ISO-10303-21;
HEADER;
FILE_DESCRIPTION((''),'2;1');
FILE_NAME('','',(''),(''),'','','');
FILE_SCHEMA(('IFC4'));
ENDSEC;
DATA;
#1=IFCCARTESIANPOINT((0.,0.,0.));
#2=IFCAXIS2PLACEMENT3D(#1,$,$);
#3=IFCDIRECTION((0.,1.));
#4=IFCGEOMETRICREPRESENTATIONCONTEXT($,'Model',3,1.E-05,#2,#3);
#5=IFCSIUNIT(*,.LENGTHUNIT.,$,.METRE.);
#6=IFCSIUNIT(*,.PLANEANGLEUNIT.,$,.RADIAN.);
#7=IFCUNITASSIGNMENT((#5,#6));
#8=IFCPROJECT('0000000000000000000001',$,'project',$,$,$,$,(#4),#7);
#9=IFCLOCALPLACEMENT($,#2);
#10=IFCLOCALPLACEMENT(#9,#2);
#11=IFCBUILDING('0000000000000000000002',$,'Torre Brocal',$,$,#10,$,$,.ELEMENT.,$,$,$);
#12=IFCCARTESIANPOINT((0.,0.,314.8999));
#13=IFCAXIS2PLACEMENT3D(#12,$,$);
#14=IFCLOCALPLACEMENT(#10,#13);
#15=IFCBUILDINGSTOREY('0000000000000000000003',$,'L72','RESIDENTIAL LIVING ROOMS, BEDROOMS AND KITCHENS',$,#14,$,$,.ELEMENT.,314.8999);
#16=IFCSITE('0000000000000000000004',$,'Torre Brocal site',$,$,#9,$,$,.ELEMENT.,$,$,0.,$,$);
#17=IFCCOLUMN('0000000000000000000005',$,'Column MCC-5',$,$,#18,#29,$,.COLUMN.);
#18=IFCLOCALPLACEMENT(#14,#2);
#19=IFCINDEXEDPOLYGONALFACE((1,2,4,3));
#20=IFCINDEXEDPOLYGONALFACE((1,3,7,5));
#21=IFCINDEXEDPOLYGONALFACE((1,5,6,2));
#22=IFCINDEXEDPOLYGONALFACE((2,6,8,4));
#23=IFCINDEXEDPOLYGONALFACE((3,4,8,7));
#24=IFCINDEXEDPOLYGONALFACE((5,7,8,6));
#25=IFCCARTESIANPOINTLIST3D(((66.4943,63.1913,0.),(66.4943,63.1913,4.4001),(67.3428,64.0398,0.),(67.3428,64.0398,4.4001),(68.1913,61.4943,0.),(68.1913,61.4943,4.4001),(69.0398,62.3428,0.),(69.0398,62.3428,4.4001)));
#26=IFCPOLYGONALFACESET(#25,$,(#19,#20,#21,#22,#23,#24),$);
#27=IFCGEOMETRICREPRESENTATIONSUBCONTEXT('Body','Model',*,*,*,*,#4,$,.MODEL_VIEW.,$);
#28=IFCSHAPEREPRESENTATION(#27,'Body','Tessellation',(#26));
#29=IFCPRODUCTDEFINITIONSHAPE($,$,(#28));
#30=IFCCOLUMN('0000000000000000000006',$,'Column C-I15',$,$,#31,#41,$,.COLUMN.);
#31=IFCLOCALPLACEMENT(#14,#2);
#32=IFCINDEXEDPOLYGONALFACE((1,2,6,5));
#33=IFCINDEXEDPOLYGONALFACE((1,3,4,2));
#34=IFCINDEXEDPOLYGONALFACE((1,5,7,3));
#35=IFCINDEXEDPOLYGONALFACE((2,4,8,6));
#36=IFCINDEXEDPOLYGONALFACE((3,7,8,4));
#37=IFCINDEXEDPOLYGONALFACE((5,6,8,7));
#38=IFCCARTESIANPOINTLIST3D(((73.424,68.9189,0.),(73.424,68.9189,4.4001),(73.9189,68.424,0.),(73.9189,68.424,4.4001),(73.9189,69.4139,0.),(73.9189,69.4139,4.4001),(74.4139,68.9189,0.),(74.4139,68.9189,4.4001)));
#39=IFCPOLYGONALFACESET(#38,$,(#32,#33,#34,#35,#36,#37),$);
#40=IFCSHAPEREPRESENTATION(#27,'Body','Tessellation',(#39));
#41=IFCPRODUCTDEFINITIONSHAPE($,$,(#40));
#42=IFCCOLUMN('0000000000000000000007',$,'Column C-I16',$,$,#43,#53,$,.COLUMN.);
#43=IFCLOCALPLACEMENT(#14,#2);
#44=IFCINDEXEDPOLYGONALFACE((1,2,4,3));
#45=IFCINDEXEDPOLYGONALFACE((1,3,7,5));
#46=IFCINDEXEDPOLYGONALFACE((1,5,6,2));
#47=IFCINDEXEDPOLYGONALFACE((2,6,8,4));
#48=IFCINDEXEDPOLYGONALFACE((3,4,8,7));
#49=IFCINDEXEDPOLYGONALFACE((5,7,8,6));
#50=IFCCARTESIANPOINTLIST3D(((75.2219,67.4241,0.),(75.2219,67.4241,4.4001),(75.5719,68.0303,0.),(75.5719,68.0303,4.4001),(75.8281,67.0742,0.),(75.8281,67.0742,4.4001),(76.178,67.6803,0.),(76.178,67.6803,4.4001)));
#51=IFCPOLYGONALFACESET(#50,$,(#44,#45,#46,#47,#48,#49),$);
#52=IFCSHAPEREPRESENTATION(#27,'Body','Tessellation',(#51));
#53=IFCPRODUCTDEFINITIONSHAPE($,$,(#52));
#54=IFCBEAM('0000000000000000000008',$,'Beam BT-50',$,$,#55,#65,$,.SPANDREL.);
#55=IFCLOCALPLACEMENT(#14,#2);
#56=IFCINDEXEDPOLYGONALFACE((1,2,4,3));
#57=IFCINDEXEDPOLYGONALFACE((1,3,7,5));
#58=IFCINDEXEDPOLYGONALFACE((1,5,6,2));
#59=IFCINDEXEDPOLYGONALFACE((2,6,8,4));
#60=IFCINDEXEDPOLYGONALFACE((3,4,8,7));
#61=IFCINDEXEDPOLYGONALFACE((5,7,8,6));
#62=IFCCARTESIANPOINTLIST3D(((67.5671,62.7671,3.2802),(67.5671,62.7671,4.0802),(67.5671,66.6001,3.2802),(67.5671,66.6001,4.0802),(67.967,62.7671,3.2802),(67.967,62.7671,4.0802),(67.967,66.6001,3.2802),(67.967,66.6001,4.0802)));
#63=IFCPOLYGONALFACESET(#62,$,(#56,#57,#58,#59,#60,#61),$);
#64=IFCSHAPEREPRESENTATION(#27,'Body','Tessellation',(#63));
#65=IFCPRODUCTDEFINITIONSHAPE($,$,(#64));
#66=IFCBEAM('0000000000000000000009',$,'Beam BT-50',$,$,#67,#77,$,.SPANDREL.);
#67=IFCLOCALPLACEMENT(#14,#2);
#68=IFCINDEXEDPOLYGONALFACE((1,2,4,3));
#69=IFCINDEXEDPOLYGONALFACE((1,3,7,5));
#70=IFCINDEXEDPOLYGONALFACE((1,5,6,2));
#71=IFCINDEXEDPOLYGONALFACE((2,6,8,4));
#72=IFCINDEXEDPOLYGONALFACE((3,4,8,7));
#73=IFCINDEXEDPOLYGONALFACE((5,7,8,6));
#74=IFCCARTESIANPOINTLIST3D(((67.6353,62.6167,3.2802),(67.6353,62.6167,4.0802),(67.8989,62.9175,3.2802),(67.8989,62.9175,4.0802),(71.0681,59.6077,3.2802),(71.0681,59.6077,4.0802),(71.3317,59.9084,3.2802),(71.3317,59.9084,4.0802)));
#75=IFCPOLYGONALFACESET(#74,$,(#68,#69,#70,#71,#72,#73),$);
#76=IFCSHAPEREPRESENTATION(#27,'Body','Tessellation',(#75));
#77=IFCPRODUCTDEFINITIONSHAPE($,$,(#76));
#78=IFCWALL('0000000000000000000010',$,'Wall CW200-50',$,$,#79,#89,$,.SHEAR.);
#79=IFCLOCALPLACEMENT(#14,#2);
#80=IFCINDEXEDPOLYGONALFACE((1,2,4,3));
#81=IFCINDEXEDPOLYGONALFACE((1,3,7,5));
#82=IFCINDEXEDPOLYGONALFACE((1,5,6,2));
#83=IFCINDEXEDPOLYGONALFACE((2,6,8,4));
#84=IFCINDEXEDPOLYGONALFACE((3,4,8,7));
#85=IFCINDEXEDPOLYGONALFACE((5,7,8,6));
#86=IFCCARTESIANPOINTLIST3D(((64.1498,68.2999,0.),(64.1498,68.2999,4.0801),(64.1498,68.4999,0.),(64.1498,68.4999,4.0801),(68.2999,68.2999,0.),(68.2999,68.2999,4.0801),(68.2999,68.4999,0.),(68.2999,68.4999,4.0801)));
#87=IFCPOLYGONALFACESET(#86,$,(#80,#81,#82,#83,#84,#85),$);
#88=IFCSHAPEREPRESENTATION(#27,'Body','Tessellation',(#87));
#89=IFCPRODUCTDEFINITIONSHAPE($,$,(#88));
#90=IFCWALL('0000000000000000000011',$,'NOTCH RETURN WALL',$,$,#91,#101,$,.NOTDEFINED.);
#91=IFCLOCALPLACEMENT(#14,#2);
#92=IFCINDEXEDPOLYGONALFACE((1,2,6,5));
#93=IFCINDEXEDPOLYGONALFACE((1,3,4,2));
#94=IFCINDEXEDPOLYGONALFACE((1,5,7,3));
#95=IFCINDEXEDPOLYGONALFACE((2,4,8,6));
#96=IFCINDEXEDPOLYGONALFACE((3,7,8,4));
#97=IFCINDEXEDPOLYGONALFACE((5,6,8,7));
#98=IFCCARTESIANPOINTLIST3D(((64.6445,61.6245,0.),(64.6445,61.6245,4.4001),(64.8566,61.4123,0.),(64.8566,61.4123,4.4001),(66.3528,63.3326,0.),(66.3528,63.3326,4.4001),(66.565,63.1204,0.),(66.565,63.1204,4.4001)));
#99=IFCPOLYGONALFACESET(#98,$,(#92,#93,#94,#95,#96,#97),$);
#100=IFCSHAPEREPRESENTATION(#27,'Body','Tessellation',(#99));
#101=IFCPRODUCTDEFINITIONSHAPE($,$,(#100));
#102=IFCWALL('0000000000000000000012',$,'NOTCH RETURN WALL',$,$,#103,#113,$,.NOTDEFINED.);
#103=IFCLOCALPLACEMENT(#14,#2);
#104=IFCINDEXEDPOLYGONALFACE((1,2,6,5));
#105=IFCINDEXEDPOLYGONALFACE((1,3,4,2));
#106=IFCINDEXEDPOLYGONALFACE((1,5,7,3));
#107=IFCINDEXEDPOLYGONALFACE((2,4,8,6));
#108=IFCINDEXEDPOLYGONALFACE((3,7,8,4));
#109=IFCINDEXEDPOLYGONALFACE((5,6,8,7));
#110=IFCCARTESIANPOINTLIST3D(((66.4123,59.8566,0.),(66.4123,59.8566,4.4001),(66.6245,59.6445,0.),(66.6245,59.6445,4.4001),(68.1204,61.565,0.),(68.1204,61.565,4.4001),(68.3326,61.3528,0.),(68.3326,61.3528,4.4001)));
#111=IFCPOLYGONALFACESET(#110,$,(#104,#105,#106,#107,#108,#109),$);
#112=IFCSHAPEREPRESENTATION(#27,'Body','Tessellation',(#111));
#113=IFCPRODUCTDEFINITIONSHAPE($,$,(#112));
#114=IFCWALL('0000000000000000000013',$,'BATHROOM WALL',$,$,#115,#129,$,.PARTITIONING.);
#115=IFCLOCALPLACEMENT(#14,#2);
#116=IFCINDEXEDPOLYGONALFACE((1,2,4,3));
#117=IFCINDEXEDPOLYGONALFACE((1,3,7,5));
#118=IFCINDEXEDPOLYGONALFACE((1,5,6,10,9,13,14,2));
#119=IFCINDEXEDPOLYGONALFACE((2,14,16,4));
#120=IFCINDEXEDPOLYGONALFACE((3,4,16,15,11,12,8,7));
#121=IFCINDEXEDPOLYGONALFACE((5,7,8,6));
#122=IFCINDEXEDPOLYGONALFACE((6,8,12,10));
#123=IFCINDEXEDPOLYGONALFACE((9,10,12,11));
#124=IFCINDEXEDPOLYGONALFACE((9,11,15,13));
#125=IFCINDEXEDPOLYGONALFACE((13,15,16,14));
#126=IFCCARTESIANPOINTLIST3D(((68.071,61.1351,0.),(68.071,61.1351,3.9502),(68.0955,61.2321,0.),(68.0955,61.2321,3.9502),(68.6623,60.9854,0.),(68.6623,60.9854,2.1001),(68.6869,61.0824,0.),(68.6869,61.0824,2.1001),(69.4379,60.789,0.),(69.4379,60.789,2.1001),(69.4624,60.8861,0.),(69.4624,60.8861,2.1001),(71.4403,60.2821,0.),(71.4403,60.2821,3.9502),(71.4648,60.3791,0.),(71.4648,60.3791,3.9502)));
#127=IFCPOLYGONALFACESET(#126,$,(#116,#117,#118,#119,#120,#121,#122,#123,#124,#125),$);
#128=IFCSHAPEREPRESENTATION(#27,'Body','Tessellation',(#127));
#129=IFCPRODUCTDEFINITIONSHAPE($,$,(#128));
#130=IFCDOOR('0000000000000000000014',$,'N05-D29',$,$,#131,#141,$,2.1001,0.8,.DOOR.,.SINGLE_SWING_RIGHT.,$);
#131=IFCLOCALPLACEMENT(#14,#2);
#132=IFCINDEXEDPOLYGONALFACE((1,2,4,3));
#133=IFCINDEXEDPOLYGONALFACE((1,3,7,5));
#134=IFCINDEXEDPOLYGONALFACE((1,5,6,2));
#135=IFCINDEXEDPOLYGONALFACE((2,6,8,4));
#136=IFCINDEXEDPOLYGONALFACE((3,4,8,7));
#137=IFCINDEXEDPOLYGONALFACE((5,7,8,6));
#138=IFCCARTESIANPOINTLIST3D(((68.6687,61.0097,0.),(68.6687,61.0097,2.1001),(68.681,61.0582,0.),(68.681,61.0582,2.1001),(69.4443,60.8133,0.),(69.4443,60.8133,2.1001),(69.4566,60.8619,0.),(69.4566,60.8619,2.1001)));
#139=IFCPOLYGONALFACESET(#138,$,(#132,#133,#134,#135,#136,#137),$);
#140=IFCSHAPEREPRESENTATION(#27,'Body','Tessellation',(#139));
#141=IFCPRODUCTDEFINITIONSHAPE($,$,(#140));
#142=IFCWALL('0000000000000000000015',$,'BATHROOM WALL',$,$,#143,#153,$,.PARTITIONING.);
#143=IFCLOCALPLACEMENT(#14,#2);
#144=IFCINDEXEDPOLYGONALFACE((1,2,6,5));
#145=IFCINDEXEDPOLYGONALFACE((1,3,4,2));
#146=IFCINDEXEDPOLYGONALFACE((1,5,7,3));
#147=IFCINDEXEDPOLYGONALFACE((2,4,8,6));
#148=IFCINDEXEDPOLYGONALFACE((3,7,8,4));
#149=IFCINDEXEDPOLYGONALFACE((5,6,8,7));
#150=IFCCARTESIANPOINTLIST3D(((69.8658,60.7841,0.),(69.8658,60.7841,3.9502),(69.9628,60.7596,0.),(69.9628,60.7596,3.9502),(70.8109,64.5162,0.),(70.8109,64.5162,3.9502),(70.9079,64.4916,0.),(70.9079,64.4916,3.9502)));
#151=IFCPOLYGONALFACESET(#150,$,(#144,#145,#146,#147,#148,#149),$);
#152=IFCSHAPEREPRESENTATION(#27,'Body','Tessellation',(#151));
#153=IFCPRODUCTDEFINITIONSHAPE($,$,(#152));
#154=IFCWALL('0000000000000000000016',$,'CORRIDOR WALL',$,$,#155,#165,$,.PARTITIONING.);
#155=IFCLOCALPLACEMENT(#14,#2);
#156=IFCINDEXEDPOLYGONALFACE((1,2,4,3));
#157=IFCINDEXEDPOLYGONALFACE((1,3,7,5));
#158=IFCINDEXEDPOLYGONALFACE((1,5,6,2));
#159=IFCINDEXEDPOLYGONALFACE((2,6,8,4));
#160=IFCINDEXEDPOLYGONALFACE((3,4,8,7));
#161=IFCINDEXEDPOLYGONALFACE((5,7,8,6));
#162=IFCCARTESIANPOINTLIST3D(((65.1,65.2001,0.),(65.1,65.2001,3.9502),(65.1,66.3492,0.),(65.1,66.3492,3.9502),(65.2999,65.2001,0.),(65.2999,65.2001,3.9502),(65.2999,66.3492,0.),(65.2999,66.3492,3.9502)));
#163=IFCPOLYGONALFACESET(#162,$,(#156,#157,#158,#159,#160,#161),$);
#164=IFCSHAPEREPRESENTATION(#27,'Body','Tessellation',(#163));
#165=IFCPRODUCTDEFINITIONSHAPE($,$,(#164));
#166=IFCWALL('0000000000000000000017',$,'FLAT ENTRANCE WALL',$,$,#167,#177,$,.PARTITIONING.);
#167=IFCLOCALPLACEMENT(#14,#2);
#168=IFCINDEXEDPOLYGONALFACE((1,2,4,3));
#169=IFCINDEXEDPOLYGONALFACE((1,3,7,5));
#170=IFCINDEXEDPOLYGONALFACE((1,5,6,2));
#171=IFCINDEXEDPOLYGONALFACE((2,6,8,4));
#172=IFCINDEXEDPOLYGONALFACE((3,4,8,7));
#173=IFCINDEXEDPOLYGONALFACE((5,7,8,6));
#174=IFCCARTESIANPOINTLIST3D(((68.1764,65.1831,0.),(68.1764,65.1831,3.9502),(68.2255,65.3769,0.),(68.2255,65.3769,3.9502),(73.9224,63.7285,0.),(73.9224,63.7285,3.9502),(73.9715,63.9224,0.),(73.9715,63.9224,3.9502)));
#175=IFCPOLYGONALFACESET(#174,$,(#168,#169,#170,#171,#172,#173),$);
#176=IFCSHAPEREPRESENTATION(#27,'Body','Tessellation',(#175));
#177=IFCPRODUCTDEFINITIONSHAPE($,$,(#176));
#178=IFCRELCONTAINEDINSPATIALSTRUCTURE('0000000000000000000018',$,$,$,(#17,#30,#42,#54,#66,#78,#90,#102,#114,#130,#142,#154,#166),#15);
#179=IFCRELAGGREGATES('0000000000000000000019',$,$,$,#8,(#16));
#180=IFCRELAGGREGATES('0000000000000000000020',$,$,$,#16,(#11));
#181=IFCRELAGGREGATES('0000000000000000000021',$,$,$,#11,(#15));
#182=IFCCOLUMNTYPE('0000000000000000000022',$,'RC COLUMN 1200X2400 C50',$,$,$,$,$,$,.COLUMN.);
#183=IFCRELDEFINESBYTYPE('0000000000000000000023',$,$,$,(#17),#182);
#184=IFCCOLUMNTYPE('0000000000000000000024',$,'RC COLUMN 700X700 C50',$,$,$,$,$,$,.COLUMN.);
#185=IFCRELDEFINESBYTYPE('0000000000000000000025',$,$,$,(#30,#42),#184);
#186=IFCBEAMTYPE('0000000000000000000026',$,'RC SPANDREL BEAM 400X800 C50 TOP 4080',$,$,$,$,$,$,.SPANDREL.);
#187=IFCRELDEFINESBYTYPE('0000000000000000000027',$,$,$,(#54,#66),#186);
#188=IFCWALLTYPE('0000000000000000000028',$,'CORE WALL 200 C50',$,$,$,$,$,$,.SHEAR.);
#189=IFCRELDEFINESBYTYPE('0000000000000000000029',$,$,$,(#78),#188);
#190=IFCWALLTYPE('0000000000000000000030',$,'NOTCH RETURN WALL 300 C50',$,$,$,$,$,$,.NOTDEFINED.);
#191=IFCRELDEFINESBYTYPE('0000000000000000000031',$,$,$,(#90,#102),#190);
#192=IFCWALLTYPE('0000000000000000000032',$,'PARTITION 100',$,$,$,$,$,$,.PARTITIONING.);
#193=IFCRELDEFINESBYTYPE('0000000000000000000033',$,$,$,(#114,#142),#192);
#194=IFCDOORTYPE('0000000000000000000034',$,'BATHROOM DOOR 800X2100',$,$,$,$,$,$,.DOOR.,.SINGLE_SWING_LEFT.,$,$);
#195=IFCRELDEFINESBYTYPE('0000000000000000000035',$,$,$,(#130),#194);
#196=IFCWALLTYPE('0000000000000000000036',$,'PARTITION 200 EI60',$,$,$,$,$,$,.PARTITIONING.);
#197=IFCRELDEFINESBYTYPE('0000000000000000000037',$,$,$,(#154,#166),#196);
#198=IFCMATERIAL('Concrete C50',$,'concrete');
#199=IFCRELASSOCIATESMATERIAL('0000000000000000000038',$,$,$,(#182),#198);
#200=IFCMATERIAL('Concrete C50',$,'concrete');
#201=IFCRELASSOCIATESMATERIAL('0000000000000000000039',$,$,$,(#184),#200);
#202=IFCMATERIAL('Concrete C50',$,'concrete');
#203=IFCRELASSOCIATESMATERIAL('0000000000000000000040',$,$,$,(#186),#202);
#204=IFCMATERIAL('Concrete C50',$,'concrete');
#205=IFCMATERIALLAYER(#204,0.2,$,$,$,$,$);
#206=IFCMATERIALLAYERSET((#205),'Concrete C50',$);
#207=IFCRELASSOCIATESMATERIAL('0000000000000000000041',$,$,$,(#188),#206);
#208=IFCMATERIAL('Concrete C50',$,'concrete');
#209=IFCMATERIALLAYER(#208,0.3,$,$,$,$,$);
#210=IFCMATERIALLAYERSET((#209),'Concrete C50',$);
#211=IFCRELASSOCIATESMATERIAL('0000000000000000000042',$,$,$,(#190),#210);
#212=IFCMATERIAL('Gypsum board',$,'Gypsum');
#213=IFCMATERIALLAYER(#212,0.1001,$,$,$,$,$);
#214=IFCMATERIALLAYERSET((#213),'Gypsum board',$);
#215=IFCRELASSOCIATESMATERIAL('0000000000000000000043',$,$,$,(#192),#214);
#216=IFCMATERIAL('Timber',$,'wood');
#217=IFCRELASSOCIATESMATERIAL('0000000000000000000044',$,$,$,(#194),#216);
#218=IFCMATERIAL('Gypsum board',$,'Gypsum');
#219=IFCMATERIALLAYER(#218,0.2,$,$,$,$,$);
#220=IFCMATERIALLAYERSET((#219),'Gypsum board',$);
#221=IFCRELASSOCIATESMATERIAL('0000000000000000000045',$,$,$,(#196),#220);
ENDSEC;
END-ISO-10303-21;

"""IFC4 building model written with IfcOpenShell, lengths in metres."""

from ifc_helpers import new_model, si_unit, direction, frame, frame_2d, origin, origin_2d, place, context, subcontext, project, spatial, rectangle, extrude, material, layer, layer_set, material_profile, profile_set, type_object, element, fill, save


model = new_model("IFC4")

# Units and contexts
model_context = context("Model", 3, precision=1e-05, world=origin(), true_north=direction((0.0, 1.0)))
body_context = subcontext(model_context, "Body", "Model", "MODEL_VIEW")
ifc_project = project(units=[si_unit("LENGTHUNIT", "METRE"), si_unit("PLANEANGLEUNIT", "RADIAN")], contexts=[model_context])

# Site, building, storey
site_placement = place(None, origin())
site = spatial("IfcSite", under=ifc_project, at=site_placement, Name="Torre Brocal site", CompositionType="ELEMENT", RefElevation=0.0)
building_placement = place(site_placement, origin())
building = spatial("IfcBuilding", under=site, at=building_placement, Name="Torre Brocal", CompositionType="ELEMENT")
storey_placement = place(building_placement, frame((0.0, 0.0, 314.8999)))
storey = spatial("IfcBuildingStorey", under=building, at=storey_placement, Name="L72", Description="RESIDENTIAL LIVING ROOMS, BEDROOMS AND KITCHENS", CompositionType="ELEMENT", Elevation=314.8999)

# Columns
ifc_material_1 = material(Name="Concrete C50", Category="concrete")
ifc_material_profile_1 = material_profile(ifc_material_1, rectangle(XDim=1.2, YDim=2.3999, at=origin_2d()), Name="RC 1200X2400")
ifc_profile_set_1 = profile_set([ifc_material_profile_1], Name="Concrete C50")
column_type_1 = type_object("IfcColumnType", Name="RC COLUMN 1200X2400 C50", PredefinedType="COLUMN", material=ifc_profile_set_1)
column_placement = place(storey_placement, frame((67.7671, 62.7671, 0.0), z_axis=(0.0, 0.0, 1.0), x_axis=(-0.707107, -0.707107, 0.0)))
element("IfcColumn", 1, at=column_placement, inside=storey, type_object=column_type_1, Name="Column MCC-5", PredefinedType="COLUMN", context=body_context, shape_type="SweptSolid", body=[
    extrude(rectangle(XDim=1.2, YDim=2.3999, at=origin_2d()), origin(), (0.0, 0.0, 1.0), 4.4001),
])
ifc_material_2 = material(Name="Concrete C50", Category="concrete")
ifc_material_profile_2 = material_profile(ifc_material_2, rectangle(XDim=0.7, YDim=0.7, at=origin_2d()), Name="RC 700X700")
ifc_profile_set_2 = profile_set([ifc_material_profile_2], Name="Concrete C50")
column_type_2 = type_object("IfcColumnType", Name="RC COLUMN 700X700 C50", PredefinedType="COLUMN", material=ifc_profile_set_2)
for number, where, z_axis, x_axis, name in (
    (2, (73.9189, 68.9189, 0.0), (0.0, 0.0, 1.0), (-0.707107, -0.707107, 0.0), "Column C-I15"),
    (3, (75.7, 67.5522, 0.0), (0.0, 0.0, 1.0), (-0.5, -0.866025, 0.0), "Column C-I16"),
):
    element("IfcColumn", number, at=place(storey_placement, frame(where, z_axis=z_axis, x_axis=x_axis)), inside=storey, type_object=column_type_2, Name=name, PredefinedType="COLUMN", context=body_context, shape_type="SweptSolid", body=[
        extrude(rectangle(XDim=0.7, YDim=0.7, at=origin_2d()), origin(), (0.0, 0.0, 1.0), 4.4001),
    ])

# Beams
ifc_material_3 = material(Name="Concrete C50", Category="concrete")
ifc_material_profile_3 = material_profile(ifc_material_3, rectangle(XDim=0.3999, YDim=0.8, at=origin_2d()), Name="RC 400X800")
ifc_profile_set_3 = profile_set([ifc_material_profile_3], Name="Concrete C50")
beam_type = type_object("IfcBeamType", Name="RC SPANDREL BEAM 400X800 C50 TOP 4080", PredefinedType="SPANDREL", material=ifc_profile_set_3)
beam_1_placement = place(storey_placement, frame((67.7671, 62.7671, 3.6802), z_axis=(0.0, 1.0, 0.0), x_axis=(-1.0, 0.0, 0.0)))
element("IfcBeam", 4, at=beam_1_placement, inside=storey, type_object=beam_type, Name="Beam BT-50", PredefinedType="SPANDREL", context=body_context, shape_type="SweptSolid", body=[
    extrude(rectangle(XDim=0.3999, YDim=0.8, at=origin_2d()), origin(), (0.0, 0.0, 1.0), 3.833),
])
beam_2_placement = place(storey_placement, frame((67.7671, 62.7671, 3.6802), z_axis=(0.752003, -0.659159, 0.0), x_axis=(0.659159, 0.752003, 0.0)))
element("IfcBeam", 5, at=beam_2_placement, inside=storey, type_object=beam_type, Name="Beam BT-50", PredefinedType="SPANDREL", context=body_context, shape_type="SweptSolid", body=[
    extrude(rectangle(XDim=0.3999, YDim=0.8, at=origin_2d()), origin(), (0.0, 0.0, 1.0), 4.5649),
])

# Wall
ifc_material_4 = material(Name="Concrete C50", Category="concrete")
ifc_layer_1 = layer(ifc_material_4, 0.2)
ifc_layer_set_1 = layer_set([ifc_layer_1], Name="Concrete C50")
wall_type_1 = type_object("IfcWallType", Name="CORE WALL 200 C50", PredefinedType="SHEAR", material=ifc_layer_set_1)
wall_1_placement = place(storey_placement, frame((68.3, 68.3999, 0.0), z_axis=(0.0, 0.0, 1.0), x_axis=(-1.0, 0.0, 0.0)))
element("IfcWall", 6, at=wall_1_placement, inside=storey, type_object=wall_type_1, Name="Wall CW200-50", PredefinedType="SHEAR", context=body_context, shape_type="SweptSolid", body=[
    extrude(rectangle(XDim=4.1501, YDim=0.2, at=frame_2d((2.0752, 0.0))), origin(), (0.0, 0.0, 1.0), 4.0801),
])

# Walls
ifc_material_5 = material(Name="Concrete C50", Category="concrete")
ifc_layer_2 = layer(ifc_material_5, 0.3)
ifc_layer_set_2 = layer_set([ifc_layer_2], Name="Concrete C50")
wall_type_2 = type_object("IfcWallType", Name="NOTCH RETURN WALL 300 C50", PredefinedType="NOTDEFINED", material=ifc_layer_set_2)
for number, where, z_axis, x_axis, name in (
    (7, (66.459, 63.2266, 0.0), (0.0, 0.0, 1.0), (-0.707157, -0.707056, 0.0), "NOTCH RETURN WALL"),
    (8, (68.2266, 61.459, 0.0), (0.0, 0.0, 1.0), (-0.707056, -0.707157, 0.0), "NOTCH RETURN WALL"),
):
    element("IfcWall", number, at=place(storey_placement, frame(where, z_axis=z_axis, x_axis=x_axis)), inside=storey, type_object=wall_type_2, Name=name, PredefinedType="NOTDEFINED", context=body_context, shape_type="SweptSolid", body=[
        extrude(rectangle(XDim=2.4158, YDim=0.3, at=frame_2d((1.208, 0.0))), origin(), (0.0, 0.0, 1.0), 4.4001),
    ])

# Wall, opening, door
ifc_material_6 = material(Name="Gypsum board", Category="Gypsum")
ifc_layer_3 = layer(ifc_material_6, 0.1001)
ifc_layer_set_3 = layer_set([ifc_layer_3], Name="Gypsum board")
wall_type_3 = type_object("IfcWallType", Name="PARTITION 100", PredefinedType="PARTITIONING", material=ifc_layer_set_3)
wall_2_placement = place(storey_placement, frame((68.0833, 61.1836, 0.0), z_axis=(0.0, 0.0, 1.0), x_axis=(0.969415, -0.245427, 0.0)))
wall_2 = element("IfcWall", 9, at=wall_2_placement, inside=storey, type_object=wall_type_3, Name="BATHROOM WALL", PredefinedType="PARTITIONING", context=body_context, shape_type="SweptSolid", body=[
    extrude(rectangle(XDim=3.4756, YDim=0.1001, at=frame_2d((1.7378, 0.0))), origin(), (0.0, 0.0, 1.0), 3.9502),
])
opening_1_placement = place(wall_2_placement, frame((0.6101, 0.0, 0.0)))
opening_1 = element("IfcOpeningElement", 10, at=opening_1_placement, cuts=wall_2, PredefinedType="OPENING", context=body_context, shape_type="SweptSolid", body=[
    extrude(rectangle(XDim=0.8, YDim=2.1001, at=frame_2d((0.3999, 1.05))), frame((0.0, 0.0601, 0.0), z_axis=(0.0, -1.0, 0.0), x_axis=(1.0, 0.0, 0.0)), (0.0, 0.0, 1.0), 0.1201),
])
ifc_material_7 = material(Name="Timber", Category="wood")
door_type_1 = type_object("IfcDoorType", Name="BATHROOM DOOR 800X2100", OperationType="SINGLE_SWING_LEFT", PredefinedType="DOOR", material=ifc_material_7)
door_1_placement = place(opening_1_placement, frame((0.8, 0.0, 0.0), z_axis=(0.0, 0.0, 1.0), x_axis=(-1.0, 0.0, 0.0)))
door_1 = element("IfcDoor", 11, at=door_1_placement, inside=storey, type_object=door_type_1, Name="N05-D29", OperationType="SINGLE_SWING_RIGHT", OverallHeight=2.1001, OverallWidth=0.8, PredefinedType="DOOR", context=body_context, shape_type="SweptSolid", body=[
    extrude(rectangle(XDim=0.8, YDim=2.1001, at=frame_2d((0.3999, 1.05))), frame((0.0, 0.0249, 0.0), z_axis=(0.0, -1.0, 0.0), x_axis=(1.0, 0.0, 0.0)), (0.0, 0.0, 1.0), 0.05),
])
fill(opening_1, door_1)

# Walls
wall_3_placement = place(storey_placement, frame((69.9143, 60.772, 0.0), z_axis=(0.0, 0.0, 1.0), x_axis=(0.245489, 0.969399, 0.0)))
element("IfcWall", 12, at=wall_3_placement, inside=storey, type_object=wall_type_3, Name="BATHROOM WALL", PredefinedType="PARTITIONING", context=body_context, shape_type="SweptSolid", body=[
    extrude(rectangle(XDim=3.8499, YDim=0.1001, at=frame_2d((1.9248, 0.0))), origin(), (0.0, 0.0, 1.0), 3.9502),
])
ifc_material_8 = material(Name="Gypsum board", Category="Gypsum")
ifc_layer_4 = layer(ifc_material_8, 0.2)
ifc_layer_set_4 = layer_set([ifc_layer_4], Name="Gypsum board")
wall_type_4 = type_object("IfcWallType", Name="PARTITION 200 EI60", PredefinedType="PARTITIONING", material=ifc_layer_set_4)
wall_4_placement = place(storey_placement, frame((65.2, 65.2, 0.0), z_axis=(0.0, 0.0, 1.0), x_axis=(0.0, 1.0, 0.0)))
element("IfcWall", 13, at=wall_4_placement, inside=storey, type_object=wall_type_4, Name="CORRIDOR WALL", PredefinedType="PARTITIONING", context=body_context, shape_type="SweptSolid", body=[
    extrude(rectangle(XDim=1.1492, YDim=0.2, at=frame_2d((0.5747, 0.0))), origin(), (0.0, 0.0, 1.0), 3.9502),
])
wall_5_placement = place(storey_placement, frame((68.2009, 65.28, 0.0), z_axis=(0.0, 0.0, 1.0), x_axis=(0.969421, -0.245403, 0.0)))
element("IfcWall", 14, at=wall_5_placement, inside=storey, type_object=wall_type_4, Name="FLAT ENTRANCE WALL", PredefinedType="PARTITIONING", context=body_context, shape_type="SweptSolid", body=[
    extrude(rectangle(XDim=5.9272, YDim=0.2, at=frame_2d((2.9636, 0.0))), origin(), (0.0, 0.0, 1.0), 3.9502),
])

save(model, "model.ifc")
